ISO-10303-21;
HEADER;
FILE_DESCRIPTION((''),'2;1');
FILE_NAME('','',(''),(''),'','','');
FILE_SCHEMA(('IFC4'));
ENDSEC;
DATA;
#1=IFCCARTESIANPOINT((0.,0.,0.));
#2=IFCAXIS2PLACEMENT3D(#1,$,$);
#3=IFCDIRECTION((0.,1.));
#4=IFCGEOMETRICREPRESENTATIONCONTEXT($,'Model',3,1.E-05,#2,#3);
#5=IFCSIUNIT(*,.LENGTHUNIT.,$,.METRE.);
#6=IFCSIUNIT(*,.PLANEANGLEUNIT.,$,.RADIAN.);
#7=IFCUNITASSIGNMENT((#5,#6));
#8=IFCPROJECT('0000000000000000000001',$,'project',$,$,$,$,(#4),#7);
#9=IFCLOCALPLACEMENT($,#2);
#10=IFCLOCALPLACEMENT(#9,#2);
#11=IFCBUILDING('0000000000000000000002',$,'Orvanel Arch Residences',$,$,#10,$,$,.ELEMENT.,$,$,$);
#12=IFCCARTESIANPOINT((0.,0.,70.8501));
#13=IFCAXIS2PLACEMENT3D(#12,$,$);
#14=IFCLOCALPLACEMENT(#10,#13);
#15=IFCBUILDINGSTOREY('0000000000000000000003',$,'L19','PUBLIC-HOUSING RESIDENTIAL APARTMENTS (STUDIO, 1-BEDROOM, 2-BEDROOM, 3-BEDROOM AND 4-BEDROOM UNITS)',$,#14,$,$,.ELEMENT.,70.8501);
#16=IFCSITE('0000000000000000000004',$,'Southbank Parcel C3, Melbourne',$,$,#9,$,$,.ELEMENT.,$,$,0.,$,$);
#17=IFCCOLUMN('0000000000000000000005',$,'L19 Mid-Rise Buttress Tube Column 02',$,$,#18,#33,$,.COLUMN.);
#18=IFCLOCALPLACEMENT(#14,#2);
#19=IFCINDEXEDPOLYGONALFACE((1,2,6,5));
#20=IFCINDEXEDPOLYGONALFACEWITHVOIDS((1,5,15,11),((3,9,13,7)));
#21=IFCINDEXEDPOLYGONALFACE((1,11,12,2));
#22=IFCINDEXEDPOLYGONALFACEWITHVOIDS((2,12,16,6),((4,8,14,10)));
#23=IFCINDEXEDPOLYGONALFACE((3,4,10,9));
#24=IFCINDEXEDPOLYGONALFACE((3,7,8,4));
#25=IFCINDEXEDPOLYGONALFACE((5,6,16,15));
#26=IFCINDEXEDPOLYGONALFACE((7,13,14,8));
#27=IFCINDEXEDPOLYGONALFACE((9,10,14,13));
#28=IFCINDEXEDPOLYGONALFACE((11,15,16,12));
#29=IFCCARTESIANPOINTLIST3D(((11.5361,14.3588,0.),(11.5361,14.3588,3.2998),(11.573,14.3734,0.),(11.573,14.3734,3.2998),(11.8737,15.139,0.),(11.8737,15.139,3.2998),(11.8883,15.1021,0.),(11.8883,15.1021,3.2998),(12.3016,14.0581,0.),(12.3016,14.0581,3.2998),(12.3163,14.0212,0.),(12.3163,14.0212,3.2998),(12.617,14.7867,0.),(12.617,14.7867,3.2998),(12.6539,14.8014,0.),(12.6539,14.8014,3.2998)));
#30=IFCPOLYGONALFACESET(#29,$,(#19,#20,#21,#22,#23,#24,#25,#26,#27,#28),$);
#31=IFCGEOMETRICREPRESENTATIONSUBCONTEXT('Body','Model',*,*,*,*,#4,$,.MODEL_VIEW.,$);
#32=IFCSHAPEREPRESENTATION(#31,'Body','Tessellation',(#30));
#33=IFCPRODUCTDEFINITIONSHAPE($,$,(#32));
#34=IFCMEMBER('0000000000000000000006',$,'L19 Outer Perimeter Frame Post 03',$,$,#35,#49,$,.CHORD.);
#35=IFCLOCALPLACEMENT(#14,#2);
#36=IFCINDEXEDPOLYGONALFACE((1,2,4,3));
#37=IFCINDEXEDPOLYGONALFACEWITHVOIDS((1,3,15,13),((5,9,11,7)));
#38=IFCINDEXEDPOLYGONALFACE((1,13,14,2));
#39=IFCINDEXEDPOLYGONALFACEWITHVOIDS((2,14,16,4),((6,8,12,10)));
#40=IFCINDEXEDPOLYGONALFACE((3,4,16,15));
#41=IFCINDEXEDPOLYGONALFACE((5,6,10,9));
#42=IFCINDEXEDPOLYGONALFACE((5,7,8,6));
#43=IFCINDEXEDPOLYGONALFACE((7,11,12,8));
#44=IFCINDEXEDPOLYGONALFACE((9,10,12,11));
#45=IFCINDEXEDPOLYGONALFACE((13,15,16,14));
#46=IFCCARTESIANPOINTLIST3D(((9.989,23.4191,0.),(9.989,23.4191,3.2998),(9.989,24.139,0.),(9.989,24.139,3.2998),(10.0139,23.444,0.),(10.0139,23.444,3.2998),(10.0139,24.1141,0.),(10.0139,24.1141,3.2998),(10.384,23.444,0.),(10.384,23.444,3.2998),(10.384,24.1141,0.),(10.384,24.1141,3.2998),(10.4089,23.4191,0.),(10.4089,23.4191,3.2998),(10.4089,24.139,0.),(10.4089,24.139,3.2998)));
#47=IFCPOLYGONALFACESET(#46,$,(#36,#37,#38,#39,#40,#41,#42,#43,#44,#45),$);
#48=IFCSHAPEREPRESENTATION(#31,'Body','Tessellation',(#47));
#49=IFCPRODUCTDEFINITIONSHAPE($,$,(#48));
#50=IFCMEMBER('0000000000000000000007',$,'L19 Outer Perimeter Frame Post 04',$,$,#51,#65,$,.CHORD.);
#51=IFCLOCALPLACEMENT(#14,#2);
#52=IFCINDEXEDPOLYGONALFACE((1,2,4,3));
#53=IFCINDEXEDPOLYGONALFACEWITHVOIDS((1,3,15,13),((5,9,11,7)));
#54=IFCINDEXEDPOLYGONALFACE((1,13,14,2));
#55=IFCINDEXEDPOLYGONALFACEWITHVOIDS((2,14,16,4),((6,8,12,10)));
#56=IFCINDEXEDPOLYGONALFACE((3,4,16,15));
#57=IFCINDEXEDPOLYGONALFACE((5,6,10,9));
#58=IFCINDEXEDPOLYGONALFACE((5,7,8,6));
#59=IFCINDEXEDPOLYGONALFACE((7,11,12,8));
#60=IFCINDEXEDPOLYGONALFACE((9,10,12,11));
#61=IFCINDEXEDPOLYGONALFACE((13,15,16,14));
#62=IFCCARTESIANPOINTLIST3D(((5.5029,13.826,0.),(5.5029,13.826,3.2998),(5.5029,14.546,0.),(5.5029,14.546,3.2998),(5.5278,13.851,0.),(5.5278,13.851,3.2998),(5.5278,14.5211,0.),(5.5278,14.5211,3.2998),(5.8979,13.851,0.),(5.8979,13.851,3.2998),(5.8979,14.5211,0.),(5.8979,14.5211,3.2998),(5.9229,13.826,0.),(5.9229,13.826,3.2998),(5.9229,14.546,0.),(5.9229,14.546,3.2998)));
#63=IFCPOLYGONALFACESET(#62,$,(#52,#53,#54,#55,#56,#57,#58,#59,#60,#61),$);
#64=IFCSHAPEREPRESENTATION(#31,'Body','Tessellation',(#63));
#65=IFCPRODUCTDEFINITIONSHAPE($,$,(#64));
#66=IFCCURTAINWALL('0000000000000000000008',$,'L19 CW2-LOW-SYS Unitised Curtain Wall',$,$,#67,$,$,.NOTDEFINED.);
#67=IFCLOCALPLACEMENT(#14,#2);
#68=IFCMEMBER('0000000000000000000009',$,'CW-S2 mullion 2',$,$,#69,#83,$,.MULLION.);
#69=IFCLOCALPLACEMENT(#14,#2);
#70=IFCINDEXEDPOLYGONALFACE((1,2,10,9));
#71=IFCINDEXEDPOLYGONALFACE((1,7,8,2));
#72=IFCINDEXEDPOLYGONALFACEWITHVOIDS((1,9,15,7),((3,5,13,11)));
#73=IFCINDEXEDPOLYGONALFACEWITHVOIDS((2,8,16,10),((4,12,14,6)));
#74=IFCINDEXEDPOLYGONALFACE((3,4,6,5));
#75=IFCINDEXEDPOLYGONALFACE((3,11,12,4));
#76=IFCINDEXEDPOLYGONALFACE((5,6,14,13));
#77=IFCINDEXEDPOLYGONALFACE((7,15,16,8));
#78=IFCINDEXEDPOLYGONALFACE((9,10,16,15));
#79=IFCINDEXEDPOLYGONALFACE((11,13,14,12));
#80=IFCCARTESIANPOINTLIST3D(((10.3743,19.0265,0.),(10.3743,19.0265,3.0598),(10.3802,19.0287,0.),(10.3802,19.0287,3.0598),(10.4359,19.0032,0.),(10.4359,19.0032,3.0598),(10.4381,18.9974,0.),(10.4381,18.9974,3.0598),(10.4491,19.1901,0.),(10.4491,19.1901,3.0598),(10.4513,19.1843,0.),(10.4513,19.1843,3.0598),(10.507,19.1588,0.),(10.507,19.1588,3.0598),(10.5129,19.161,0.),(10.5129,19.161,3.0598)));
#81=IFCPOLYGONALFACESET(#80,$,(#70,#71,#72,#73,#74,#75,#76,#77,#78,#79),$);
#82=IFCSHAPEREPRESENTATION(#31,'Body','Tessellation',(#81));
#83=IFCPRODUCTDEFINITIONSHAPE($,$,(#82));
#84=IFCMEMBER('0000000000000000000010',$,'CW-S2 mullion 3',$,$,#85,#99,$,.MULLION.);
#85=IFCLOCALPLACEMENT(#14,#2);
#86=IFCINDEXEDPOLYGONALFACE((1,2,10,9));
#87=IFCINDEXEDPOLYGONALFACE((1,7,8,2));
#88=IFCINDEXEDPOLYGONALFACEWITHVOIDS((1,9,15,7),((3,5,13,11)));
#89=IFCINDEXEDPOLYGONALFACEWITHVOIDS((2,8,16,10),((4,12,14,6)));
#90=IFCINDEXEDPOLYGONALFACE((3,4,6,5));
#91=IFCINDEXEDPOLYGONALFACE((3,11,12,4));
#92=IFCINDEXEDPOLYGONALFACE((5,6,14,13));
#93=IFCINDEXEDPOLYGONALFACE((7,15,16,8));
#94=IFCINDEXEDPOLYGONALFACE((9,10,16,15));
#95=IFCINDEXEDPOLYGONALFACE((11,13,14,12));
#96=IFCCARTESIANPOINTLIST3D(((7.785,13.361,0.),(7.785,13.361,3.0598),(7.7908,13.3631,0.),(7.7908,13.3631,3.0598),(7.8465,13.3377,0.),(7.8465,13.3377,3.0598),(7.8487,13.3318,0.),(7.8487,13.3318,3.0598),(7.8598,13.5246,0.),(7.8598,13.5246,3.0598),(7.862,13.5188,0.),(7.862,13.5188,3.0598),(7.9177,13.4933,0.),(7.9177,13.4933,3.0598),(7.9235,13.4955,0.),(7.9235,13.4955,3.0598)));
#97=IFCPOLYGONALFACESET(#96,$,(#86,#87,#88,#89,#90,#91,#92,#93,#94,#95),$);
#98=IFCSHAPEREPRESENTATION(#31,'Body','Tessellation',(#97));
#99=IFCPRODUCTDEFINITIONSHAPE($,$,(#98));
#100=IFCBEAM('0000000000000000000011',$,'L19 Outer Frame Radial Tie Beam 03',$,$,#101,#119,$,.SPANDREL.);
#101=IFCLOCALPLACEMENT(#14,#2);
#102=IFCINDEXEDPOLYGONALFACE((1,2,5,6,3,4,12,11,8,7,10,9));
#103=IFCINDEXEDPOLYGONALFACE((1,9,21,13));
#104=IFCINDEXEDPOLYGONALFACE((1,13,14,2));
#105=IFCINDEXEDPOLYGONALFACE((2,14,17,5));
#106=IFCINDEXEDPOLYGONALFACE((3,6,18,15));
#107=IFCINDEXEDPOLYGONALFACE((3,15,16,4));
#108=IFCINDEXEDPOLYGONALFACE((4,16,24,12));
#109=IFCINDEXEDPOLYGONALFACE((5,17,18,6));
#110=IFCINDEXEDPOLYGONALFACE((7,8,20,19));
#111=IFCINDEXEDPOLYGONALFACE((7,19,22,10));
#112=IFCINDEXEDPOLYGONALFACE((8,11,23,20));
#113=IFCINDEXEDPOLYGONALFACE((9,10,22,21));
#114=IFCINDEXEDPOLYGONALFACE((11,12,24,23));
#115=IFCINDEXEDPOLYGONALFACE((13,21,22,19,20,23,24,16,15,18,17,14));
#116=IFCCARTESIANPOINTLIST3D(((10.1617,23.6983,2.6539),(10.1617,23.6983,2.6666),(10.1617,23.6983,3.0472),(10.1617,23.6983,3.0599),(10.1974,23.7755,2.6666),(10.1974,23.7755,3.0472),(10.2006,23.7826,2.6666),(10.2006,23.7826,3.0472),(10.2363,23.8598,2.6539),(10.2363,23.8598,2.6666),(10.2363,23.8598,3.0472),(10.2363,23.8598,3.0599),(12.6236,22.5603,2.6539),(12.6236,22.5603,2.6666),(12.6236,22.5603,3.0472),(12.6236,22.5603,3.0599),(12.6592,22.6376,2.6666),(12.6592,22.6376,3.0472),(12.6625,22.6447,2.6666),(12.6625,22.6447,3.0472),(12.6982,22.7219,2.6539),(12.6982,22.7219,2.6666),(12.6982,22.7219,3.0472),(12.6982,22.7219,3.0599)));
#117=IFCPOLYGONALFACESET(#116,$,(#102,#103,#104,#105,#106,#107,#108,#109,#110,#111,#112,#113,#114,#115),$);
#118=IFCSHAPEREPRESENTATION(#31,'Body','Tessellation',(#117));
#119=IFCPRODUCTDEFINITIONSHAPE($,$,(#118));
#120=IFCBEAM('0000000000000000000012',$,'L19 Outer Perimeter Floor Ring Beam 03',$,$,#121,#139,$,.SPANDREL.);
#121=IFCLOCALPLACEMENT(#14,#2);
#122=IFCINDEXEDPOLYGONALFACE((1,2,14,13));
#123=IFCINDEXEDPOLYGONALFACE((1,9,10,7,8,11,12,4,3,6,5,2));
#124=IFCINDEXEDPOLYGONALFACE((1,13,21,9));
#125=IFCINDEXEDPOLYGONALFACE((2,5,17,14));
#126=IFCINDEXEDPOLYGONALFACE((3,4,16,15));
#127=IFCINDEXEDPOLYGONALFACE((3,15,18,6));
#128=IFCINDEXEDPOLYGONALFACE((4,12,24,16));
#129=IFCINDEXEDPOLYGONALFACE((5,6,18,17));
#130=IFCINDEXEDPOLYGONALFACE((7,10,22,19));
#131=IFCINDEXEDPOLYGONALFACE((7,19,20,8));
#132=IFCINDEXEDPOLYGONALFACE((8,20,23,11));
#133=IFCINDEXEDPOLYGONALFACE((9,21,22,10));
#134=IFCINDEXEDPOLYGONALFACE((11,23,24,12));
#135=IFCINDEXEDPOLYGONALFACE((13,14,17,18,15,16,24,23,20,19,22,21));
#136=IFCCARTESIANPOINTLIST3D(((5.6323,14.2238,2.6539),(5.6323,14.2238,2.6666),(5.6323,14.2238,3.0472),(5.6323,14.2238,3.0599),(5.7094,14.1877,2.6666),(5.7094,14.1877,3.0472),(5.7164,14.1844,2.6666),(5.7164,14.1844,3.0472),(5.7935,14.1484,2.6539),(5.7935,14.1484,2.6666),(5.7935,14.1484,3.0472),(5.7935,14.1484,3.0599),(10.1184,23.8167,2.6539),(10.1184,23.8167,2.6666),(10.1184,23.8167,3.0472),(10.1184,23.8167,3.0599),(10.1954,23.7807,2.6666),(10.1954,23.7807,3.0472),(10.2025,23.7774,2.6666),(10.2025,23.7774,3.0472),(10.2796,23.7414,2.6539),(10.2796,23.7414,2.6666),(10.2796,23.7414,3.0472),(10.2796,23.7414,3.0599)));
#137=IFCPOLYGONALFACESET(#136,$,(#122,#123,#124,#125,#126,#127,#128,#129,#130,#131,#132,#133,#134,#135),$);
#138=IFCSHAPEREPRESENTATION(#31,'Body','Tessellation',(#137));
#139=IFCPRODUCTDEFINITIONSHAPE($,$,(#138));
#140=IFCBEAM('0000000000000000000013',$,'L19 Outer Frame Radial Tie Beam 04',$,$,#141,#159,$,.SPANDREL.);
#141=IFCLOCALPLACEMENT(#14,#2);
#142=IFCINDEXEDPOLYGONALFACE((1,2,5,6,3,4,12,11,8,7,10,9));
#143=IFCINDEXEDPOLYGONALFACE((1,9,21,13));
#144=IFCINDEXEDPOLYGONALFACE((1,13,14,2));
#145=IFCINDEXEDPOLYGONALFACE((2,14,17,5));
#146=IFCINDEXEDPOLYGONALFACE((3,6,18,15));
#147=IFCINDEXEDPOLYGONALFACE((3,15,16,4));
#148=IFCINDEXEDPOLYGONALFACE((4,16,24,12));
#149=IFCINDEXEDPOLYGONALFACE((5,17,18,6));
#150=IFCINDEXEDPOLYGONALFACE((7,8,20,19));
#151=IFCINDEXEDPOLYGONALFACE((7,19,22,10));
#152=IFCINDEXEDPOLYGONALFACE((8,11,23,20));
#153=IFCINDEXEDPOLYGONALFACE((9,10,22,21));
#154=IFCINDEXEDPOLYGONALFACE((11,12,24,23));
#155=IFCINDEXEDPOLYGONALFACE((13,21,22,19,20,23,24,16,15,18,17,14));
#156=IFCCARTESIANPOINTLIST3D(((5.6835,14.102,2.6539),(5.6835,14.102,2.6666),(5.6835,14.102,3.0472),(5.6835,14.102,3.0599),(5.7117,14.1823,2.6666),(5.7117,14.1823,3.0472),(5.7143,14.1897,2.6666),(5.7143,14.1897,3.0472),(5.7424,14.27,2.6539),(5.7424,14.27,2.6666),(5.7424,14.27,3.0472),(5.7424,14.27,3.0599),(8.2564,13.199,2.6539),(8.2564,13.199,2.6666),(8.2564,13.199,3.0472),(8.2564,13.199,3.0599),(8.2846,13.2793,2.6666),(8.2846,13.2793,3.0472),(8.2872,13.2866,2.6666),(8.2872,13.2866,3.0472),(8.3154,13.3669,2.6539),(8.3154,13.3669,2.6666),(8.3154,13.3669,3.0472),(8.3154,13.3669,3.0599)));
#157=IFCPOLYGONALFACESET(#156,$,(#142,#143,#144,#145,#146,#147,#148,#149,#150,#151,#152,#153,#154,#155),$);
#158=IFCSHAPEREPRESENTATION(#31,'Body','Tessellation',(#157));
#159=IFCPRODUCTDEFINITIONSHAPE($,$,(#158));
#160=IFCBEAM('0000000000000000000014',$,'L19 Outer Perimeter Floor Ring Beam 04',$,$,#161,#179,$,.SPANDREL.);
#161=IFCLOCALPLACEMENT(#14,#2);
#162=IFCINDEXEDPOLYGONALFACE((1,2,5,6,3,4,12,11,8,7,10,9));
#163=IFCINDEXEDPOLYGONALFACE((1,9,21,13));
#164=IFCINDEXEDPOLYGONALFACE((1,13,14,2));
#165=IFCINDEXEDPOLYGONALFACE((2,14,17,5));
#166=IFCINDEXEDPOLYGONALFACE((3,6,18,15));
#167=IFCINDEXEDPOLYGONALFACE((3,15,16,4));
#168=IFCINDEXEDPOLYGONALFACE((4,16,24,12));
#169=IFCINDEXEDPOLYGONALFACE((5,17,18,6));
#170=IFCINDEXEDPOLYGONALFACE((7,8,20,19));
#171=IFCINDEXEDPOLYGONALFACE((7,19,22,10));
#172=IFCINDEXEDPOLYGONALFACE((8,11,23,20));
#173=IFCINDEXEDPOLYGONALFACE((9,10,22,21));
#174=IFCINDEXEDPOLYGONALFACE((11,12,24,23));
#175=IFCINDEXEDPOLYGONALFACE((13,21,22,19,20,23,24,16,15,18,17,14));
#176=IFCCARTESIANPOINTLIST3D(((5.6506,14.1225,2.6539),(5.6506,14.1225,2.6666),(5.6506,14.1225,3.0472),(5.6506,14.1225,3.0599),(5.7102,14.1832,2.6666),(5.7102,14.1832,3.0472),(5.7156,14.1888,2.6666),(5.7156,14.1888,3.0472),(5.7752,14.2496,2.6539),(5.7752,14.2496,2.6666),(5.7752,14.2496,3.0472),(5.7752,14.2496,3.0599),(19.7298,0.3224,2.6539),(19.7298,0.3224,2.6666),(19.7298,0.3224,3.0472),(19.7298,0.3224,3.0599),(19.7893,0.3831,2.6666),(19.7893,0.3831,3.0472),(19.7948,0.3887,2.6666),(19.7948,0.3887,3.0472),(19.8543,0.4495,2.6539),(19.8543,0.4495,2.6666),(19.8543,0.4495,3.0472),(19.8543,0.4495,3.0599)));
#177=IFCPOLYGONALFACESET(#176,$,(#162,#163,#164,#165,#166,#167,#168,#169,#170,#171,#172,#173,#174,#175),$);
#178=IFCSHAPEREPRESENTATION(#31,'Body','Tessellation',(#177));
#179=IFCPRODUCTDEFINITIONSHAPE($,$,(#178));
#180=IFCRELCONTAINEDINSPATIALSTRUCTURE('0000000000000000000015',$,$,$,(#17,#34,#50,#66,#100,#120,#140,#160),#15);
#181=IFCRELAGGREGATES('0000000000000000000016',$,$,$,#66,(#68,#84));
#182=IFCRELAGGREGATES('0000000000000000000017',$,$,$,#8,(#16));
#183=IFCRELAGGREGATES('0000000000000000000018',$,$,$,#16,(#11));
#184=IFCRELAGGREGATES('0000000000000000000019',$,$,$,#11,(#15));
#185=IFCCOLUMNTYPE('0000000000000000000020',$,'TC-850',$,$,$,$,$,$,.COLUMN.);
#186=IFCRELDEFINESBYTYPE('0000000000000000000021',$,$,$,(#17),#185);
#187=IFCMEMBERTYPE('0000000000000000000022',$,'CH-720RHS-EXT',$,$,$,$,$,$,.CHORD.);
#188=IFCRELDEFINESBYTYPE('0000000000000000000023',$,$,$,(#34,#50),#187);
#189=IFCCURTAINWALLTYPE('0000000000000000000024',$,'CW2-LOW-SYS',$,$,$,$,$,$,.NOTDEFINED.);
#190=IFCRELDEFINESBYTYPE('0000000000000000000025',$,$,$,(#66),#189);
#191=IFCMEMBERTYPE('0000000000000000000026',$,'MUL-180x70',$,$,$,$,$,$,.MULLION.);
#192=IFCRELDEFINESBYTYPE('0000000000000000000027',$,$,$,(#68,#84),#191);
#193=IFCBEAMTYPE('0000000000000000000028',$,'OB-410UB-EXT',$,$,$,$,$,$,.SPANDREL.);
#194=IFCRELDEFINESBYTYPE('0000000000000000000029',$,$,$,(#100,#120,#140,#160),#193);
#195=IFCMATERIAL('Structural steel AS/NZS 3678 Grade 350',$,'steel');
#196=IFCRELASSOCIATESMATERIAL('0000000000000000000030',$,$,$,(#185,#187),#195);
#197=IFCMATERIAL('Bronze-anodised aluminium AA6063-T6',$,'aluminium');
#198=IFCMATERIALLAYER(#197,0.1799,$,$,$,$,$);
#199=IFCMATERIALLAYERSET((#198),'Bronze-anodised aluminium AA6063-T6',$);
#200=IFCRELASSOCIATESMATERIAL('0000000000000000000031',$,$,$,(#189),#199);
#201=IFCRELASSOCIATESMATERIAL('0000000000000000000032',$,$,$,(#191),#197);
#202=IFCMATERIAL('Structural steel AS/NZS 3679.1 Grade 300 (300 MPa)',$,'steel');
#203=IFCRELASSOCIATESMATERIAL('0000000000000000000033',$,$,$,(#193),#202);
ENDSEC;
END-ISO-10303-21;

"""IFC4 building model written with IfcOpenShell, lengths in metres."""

from ifc_helpers import new_model, si_unit, direction, frame, origin, origin_2d, place, context, subcontext, project, spatial, hollow_rectangle, i_section, extrude, material, layer, layer_set, material_profile, profile_set, type_object, element, aggregate, save


model = new_model("IFC4")

# Units and contexts
model_context = context("Model", 3, precision=1e-05, world=origin(), true_north=direction((0.0, 1.0)))
body_context = subcontext(model_context, "Body", "Model", "MODEL_VIEW")
ifc_project = project(units=[si_unit("LENGTHUNIT", "METRE"), si_unit("PLANEANGLEUNIT", "RADIAN")], contexts=[model_context])

# Site, building, storey
site_placement = place(None, origin())
site = spatial("IfcSite", under=ifc_project, at=site_placement, Name="Southbank Parcel C3, Melbourne", CompositionType="ELEMENT", RefElevation=0.0)
building_placement = place(site_placement, origin())
building = spatial("IfcBuilding", under=site, at=building_placement, Name="Orvanel Arch Residences", CompositionType="ELEMENT")
storey_placement = place(building_placement, frame((0.0, 0.0, 70.8501)))
storey = spatial("IfcBuildingStorey", under=building, at=storey_placement, Name="L19", Description="PUBLIC-HOUSING RESIDENTIAL APARTMENTS (STUDIO, 1-BEDROOM, 2-BEDROOM, 3-BEDROOM AND 4-BEDROOM UNITS)", CompositionType="ELEMENT", Elevation=70.8501)

# Column
ifc_material_1 = material(Name="Structural steel AS/NZS 3678 Grade 350", Category="steel")
ifc_material_profile_1 = material_profile(ifc_material_1, hollow_rectangle(XDim=0.8501, YDim=0.8501, WallThickness=0.0281, at=origin_2d()), Name="BOX850x850x28")
ifc_profile_set_1 = profile_set([ifc_material_profile_1], Name="Structural steel AS/NZS 3678 Grade 350")
column_type = type_object("IfcColumnType", Name="TC-850", PredefinedType="COLUMN", material=ifc_profile_set_1)
column_placement = place(storey_placement, frame((12.095, 14.5801, 0.0), z_axis=(0.0, 0.0, 1.0), x_axis=(0.397148, 0.917755, 0.0)))
element("IfcColumn", 1, at=column_placement, inside=storey, type_object=column_type, Name="L19 Mid-Rise Buttress Tube Column 02", PredefinedType="COLUMN", context=body_context, shape_type="SweptSolid", body=[
    extrude(hollow_rectangle(XDim=0.8501, YDim=0.8501, WallThickness=0.0281, at=origin_2d()), origin(), (0.0, 0.0, 1.0), 3.2998),
])

# Members
ifc_material_profile_2 = material_profile(ifc_material_1, hollow_rectangle(XDim=0.4199, YDim=0.72, WallThickness=0.0249, at=origin_2d()), Name="RHS720x420x25")
ifc_profile_set_2 = profile_set([ifc_material_profile_2], Name="Structural steel AS/NZS 3678 Grade 350")
member_type_1 = type_object("IfcMemberType", Name="CH-720RHS-EXT", PredefinedType="CHORD", material=ifc_profile_set_2)
for number, where, z_axis, x_axis, name in (
    (2, (10.199, 23.7791, 0.0), (0.0, 0.0, 1.0), (1.0, 0.0, 0.0), "L19 Outer Perimeter Frame Post 03"),
    (3, (5.7129, 14.186, 0.0), (0.0, 0.0, 1.0), (1.0, 0.0, 0.0), "L19 Outer Perimeter Frame Post 04"),
):
    element("IfcMember", number, at=place(storey_placement, frame(where, z_axis=z_axis, x_axis=x_axis)), inside=storey, type_object=member_type_1, Name=name, PredefinedType="CHORD", context=body_context, shape_type="SweptSolid", body=[
        extrude(hollow_rectangle(XDim=0.4199, YDim=0.72, WallThickness=0.0249, at=origin_2d()), origin(), (0.0, 0.0, 1.0), 3.2998),
    ])

# Curtain wall, members
ifc_material_2 = material(Name="Bronze-anodised aluminium AA6063-T6", Category="aluminium")
ifc_layer_1 = layer(ifc_material_2, 0.1799)
ifc_layer_set_1 = layer_set([ifc_layer_1], Name="Bronze-anodised aluminium AA6063-T6")
curtain_wall_type = type_object("IfcCurtainWallType", Name="CW2-LOW-SYS", PredefinedType="NOTDEFINED", material=ifc_layer_set_1)
curtain_wall_placement = place(storey_placement, origin())
curtain_wall = element("IfcCurtainWall", 4, at=curtain_wall_placement, inside=storey, type_object=curtain_wall_type, Name="L19 CW2-LOW-SYS Unitised Curtain Wall", PredefinedType="NOTDEFINED")
ifc_material_profile_3 = material_profile(ifc_material_2, hollow_rectangle(XDim=0.0701, YDim=0.1799, WallThickness=0.0044, at=origin_2d()), Name="ALU180x70x4.5")
ifc_profile_set_3 = profile_set([ifc_material_profile_3], Name="Bronze-anodised aluminium AA6063-T6")
member_type_2 = type_object("IfcMemberType", Name="MUL-180x70", PredefinedType="MULLION", material=ifc_profile_set_3)
member_1_placement = place(storey_placement, frame((10.4436, 19.0938, 0.0), z_axis=(0.0, 0.0, 1.0), x_axis=(0.909507, -0.415689, 0.0)))
member_1 = element("IfcMember", 5, at=member_1_placement, type_object=member_type_2, Name="CW-S2 mullion 2", PredefinedType="MULLION", context=body_context, shape_type="SweptSolid", body=[
    extrude(hollow_rectangle(XDim=0.0701, YDim=0.1799, WallThickness=0.0044, at=origin_2d()), origin(), (0.0, 0.0, 1.0), 3.0598),
])
member_2_placement = place(storey_placement, frame((7.8542, 13.4282, 0.0), z_axis=(0.0, 0.0, 1.0), x_axis=(0.909507, -0.415689, 0.0)))
member_2 = element("IfcMember", 6, at=member_2_placement, type_object=member_type_2, Name="CW-S2 mullion 3", PredefinedType="MULLION", context=body_context, shape_type="SweptSolid", body=[
    extrude(hollow_rectangle(XDim=0.0701, YDim=0.1799, WallThickness=0.0044, at=origin_2d()), origin(), (0.0, 0.0, 1.0), 3.0598),
])

# Beams
ifc_material_3 = material(Name="Structural steel AS/NZS 3679.1 Grade 300 (300 MPa)", Category="steel")
ifc_material_profile_4 = material_profile(ifc_material_3, i_section(OverallWidth=0.178, OverallDepth=0.406, WebThickness=0.0078, FlangeThickness=0.0127, at=origin_2d()), Name="410UB59.7")
ifc_profile_set_4 = profile_set([ifc_material_profile_4], Name="Structural steel AS/NZS 3679.1 Grade 300 (300 MPa)")
beam_type_1 = type_object("IfcBeamType", Name="OB-410UB-EXT", PredefinedType="SPANDREL", material=ifc_profile_set_4)
beam_1_placement = place(storey_placement, frame((12.6609, 22.6411, 2.8569), z_axis=(-0.907725, 0.419566, 0.0), x_axis=(-0.419566, -0.907725, 0.0)))
element("IfcBeam", 7, at=beam_1_placement, inside=storey, type_object=beam_type_1, Name="L19 Outer Frame Radial Tie Beam 03", PredefinedType="SPANDREL", context=body_context, shape_type="SweptSolid", body=[
    extrude(i_section(OverallWidth=0.178, OverallDepth=0.406, WebThickness=0.0078, FlangeThickness=0.0127, at=origin_2d()), origin(), (0.0, 0.0, 1.0), 2.7122),
])
beam_2_placement = place(storey_placement, frame((10.199, 23.7791, 2.8569), z_axis=(-0.42361, -0.905845, 0.0), x_axis=(0.905845, -0.42361, 0.0)))
element("IfcBeam", 8, at=beam_2_placement, inside=storey, type_object=beam_type_1, Name="L19 Outer Perimeter Floor Ring Beam 03", PredefinedType="SPANDREL", context=body_context, shape_type="SweptSolid", body=[
    extrude(i_section(OverallWidth=0.178, OverallDepth=0.406, WebThickness=0.0078, FlangeThickness=0.0127, at=origin_2d()), origin(), (0.0, 0.0, 1.0), 10.5901),
])
beam_3_placement = place(storey_placement, frame((8.2859, 13.283, 2.8569), z_axis=(-0.943569, 0.331176, 0.0), x_axis=(-0.331176, -0.943569, 0.0)))
element("IfcBeam", 9, at=beam_3_placement, inside=storey, type_object=beam_type_1, Name="L19 Outer Frame Radial Tie Beam 04", PredefinedType="SPANDREL", context=body_context, shape_type="SweptSolid", body=[
    extrude(i_section(OverallWidth=0.178, OverallDepth=0.406, WebThickness=0.0078, FlangeThickness=0.0127, at=origin_2d()), origin(), (0.0, 0.0, 1.0), 2.7268),
])
beam_4_placement = place(storey_placement, frame((5.7129, 14.186, 2.8569), z_axis=(0.714149, -0.699994, 0.0), x_axis=(0.699994, 0.714149, 0.0)))
element("IfcBeam", 10, at=beam_4_placement, inside=storey, type_object=beam_type_1, Name="L19 Outer Perimeter Floor Ring Beam 04", PredefinedType="SPANDREL", context=body_context, shape_type="SweptSolid", body=[
    extrude(i_section(OverallWidth=0.178, OverallDepth=0.406, WebThickness=0.0078, FlangeThickness=0.0127, at=origin_2d()), origin(), (0.0, 0.0, 1.0), 19.7146),
])

aggregate(curtain_wall, [member_1, member_2])

save(model, "model.ifc")
